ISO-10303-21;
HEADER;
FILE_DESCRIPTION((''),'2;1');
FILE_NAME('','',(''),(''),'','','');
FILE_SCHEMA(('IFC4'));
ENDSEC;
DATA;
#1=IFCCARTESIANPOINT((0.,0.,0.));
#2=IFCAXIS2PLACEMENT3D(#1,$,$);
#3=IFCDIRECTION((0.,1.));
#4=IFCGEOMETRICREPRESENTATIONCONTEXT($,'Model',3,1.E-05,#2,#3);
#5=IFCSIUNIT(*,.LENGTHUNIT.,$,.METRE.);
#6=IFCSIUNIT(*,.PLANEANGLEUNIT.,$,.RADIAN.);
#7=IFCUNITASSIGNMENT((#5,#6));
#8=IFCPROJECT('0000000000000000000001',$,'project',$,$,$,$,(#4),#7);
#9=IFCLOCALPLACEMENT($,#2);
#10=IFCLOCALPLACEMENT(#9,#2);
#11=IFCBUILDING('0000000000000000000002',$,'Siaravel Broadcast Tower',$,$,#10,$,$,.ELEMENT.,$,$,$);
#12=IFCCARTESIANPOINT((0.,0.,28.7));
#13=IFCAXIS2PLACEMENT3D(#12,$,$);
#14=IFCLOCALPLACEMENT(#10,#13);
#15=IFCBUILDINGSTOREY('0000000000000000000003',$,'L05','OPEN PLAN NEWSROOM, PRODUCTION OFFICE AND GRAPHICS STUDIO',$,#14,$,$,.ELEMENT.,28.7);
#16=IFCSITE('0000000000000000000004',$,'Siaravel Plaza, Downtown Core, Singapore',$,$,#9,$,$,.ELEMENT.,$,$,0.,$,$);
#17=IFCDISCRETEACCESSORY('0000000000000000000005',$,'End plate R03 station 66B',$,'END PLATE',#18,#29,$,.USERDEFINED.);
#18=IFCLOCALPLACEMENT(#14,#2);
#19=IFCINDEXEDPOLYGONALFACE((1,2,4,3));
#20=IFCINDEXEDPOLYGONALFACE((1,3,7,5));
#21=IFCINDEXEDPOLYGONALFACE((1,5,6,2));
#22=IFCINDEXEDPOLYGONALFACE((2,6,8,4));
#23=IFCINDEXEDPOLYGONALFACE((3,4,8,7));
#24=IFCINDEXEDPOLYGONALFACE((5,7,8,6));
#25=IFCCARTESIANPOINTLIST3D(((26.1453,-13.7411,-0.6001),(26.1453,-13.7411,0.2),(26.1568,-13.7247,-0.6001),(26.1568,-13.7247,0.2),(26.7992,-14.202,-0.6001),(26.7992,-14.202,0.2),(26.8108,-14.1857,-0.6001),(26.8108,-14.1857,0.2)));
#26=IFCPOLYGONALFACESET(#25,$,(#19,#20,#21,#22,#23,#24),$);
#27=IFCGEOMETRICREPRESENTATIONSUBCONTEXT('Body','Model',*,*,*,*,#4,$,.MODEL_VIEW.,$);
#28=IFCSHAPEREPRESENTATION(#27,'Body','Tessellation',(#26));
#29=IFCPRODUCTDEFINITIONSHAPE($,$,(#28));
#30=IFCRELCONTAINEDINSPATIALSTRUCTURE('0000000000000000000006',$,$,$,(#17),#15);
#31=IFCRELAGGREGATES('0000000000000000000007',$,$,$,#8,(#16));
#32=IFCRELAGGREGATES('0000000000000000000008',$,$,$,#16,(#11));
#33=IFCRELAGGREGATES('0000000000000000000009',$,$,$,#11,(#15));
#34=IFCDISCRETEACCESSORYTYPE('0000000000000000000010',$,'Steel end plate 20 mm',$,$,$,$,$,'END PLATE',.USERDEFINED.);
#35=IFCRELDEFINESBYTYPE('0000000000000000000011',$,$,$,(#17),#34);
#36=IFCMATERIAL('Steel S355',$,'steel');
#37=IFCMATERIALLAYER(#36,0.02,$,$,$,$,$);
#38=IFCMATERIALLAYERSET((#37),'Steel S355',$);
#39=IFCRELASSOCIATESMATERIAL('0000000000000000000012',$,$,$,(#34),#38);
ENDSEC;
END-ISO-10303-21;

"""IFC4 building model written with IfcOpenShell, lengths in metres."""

from ifc_helpers import new_model, si_unit, direction, frame, origin, origin_2d, place, context, subcontext, project, spatial, rectangle, extrude, material, layer, layer_set, type_object, element, save


model = new_model("IFC4")

# Units and contexts
model_context = context("Model", 3, precision=1e-05, world=origin(), true_north=direction((0.0, 1.0)))
body_context = subcontext(model_context, "Body", "Model", "MODEL_VIEW")
ifc_project = project(units=[si_unit("LENGTHUNIT", "METRE"), si_unit("PLANEANGLEUNIT", "RADIAN")], contexts=[model_context])

# Site, building, storey
site_placement = place(None, origin())
site = spatial("IfcSite", under=ifc_project, at=site_placement, Name="Siaravel Plaza, Downtown Core, Singapore", CompositionType="ELEMENT", RefElevation=0.0)
building_placement = place(site_placement, origin())
building = spatial("IfcBuilding", under=site, at=building_placement, Name="Siaravel Broadcast Tower", CompositionType="ELEMENT")
storey_placement = place(building_placement, frame((0.0, 0.0, 28.7)))
storey = spatial("IfcBuildingStorey", under=building, at=storey_placement, Name="L05", Description="OPEN PLAN NEWSROOM, PRODUCTION OFFICE AND GRAPHICS STUDIO", CompositionType="ELEMENT", Elevation=28.7)

# Shared definitions
ifc_material_1 = material(Name="Steel S355", Category="steel")

# Discrete accessory
ifc_layer_1 = layer(ifc_material_1, 0.02)
ifc_layer_set_1 = layer_set([ifc_layer_1], Name="Steel S355")
discrete_accessory_type = type_object("IfcDiscreteAccessoryType", Name="Steel end plate 20 mm", ElementType="END PLATE", PredefinedType="USERDEFINED", material=ifc_layer_set_1)
for number, where, z_axis, x_axis, name in (
    (1, (26.478, -13.9634, -0.6001), (0.0, 0.0, 1.0), (0.57612, 0.817365, 0.0), "End plate R03 station 66B"),
):
    element("IfcDiscreteAccessory", number, at=place(storey_placement, frame(where, z_axis=z_axis, x_axis=x_axis)), inside=storey, type_object=discrete_accessory_type, Name=name, ObjectType="END PLATE", PredefinedType="USERDEFINED", context=body_context, shape_type="SweptSolid", body=[
        extrude(rectangle(XDim=0.02, YDim=0.8, at=origin_2d()), origin(), (0.0, 0.0, 1.0), 0.8),
    ])

save(model, "model.ifc")
